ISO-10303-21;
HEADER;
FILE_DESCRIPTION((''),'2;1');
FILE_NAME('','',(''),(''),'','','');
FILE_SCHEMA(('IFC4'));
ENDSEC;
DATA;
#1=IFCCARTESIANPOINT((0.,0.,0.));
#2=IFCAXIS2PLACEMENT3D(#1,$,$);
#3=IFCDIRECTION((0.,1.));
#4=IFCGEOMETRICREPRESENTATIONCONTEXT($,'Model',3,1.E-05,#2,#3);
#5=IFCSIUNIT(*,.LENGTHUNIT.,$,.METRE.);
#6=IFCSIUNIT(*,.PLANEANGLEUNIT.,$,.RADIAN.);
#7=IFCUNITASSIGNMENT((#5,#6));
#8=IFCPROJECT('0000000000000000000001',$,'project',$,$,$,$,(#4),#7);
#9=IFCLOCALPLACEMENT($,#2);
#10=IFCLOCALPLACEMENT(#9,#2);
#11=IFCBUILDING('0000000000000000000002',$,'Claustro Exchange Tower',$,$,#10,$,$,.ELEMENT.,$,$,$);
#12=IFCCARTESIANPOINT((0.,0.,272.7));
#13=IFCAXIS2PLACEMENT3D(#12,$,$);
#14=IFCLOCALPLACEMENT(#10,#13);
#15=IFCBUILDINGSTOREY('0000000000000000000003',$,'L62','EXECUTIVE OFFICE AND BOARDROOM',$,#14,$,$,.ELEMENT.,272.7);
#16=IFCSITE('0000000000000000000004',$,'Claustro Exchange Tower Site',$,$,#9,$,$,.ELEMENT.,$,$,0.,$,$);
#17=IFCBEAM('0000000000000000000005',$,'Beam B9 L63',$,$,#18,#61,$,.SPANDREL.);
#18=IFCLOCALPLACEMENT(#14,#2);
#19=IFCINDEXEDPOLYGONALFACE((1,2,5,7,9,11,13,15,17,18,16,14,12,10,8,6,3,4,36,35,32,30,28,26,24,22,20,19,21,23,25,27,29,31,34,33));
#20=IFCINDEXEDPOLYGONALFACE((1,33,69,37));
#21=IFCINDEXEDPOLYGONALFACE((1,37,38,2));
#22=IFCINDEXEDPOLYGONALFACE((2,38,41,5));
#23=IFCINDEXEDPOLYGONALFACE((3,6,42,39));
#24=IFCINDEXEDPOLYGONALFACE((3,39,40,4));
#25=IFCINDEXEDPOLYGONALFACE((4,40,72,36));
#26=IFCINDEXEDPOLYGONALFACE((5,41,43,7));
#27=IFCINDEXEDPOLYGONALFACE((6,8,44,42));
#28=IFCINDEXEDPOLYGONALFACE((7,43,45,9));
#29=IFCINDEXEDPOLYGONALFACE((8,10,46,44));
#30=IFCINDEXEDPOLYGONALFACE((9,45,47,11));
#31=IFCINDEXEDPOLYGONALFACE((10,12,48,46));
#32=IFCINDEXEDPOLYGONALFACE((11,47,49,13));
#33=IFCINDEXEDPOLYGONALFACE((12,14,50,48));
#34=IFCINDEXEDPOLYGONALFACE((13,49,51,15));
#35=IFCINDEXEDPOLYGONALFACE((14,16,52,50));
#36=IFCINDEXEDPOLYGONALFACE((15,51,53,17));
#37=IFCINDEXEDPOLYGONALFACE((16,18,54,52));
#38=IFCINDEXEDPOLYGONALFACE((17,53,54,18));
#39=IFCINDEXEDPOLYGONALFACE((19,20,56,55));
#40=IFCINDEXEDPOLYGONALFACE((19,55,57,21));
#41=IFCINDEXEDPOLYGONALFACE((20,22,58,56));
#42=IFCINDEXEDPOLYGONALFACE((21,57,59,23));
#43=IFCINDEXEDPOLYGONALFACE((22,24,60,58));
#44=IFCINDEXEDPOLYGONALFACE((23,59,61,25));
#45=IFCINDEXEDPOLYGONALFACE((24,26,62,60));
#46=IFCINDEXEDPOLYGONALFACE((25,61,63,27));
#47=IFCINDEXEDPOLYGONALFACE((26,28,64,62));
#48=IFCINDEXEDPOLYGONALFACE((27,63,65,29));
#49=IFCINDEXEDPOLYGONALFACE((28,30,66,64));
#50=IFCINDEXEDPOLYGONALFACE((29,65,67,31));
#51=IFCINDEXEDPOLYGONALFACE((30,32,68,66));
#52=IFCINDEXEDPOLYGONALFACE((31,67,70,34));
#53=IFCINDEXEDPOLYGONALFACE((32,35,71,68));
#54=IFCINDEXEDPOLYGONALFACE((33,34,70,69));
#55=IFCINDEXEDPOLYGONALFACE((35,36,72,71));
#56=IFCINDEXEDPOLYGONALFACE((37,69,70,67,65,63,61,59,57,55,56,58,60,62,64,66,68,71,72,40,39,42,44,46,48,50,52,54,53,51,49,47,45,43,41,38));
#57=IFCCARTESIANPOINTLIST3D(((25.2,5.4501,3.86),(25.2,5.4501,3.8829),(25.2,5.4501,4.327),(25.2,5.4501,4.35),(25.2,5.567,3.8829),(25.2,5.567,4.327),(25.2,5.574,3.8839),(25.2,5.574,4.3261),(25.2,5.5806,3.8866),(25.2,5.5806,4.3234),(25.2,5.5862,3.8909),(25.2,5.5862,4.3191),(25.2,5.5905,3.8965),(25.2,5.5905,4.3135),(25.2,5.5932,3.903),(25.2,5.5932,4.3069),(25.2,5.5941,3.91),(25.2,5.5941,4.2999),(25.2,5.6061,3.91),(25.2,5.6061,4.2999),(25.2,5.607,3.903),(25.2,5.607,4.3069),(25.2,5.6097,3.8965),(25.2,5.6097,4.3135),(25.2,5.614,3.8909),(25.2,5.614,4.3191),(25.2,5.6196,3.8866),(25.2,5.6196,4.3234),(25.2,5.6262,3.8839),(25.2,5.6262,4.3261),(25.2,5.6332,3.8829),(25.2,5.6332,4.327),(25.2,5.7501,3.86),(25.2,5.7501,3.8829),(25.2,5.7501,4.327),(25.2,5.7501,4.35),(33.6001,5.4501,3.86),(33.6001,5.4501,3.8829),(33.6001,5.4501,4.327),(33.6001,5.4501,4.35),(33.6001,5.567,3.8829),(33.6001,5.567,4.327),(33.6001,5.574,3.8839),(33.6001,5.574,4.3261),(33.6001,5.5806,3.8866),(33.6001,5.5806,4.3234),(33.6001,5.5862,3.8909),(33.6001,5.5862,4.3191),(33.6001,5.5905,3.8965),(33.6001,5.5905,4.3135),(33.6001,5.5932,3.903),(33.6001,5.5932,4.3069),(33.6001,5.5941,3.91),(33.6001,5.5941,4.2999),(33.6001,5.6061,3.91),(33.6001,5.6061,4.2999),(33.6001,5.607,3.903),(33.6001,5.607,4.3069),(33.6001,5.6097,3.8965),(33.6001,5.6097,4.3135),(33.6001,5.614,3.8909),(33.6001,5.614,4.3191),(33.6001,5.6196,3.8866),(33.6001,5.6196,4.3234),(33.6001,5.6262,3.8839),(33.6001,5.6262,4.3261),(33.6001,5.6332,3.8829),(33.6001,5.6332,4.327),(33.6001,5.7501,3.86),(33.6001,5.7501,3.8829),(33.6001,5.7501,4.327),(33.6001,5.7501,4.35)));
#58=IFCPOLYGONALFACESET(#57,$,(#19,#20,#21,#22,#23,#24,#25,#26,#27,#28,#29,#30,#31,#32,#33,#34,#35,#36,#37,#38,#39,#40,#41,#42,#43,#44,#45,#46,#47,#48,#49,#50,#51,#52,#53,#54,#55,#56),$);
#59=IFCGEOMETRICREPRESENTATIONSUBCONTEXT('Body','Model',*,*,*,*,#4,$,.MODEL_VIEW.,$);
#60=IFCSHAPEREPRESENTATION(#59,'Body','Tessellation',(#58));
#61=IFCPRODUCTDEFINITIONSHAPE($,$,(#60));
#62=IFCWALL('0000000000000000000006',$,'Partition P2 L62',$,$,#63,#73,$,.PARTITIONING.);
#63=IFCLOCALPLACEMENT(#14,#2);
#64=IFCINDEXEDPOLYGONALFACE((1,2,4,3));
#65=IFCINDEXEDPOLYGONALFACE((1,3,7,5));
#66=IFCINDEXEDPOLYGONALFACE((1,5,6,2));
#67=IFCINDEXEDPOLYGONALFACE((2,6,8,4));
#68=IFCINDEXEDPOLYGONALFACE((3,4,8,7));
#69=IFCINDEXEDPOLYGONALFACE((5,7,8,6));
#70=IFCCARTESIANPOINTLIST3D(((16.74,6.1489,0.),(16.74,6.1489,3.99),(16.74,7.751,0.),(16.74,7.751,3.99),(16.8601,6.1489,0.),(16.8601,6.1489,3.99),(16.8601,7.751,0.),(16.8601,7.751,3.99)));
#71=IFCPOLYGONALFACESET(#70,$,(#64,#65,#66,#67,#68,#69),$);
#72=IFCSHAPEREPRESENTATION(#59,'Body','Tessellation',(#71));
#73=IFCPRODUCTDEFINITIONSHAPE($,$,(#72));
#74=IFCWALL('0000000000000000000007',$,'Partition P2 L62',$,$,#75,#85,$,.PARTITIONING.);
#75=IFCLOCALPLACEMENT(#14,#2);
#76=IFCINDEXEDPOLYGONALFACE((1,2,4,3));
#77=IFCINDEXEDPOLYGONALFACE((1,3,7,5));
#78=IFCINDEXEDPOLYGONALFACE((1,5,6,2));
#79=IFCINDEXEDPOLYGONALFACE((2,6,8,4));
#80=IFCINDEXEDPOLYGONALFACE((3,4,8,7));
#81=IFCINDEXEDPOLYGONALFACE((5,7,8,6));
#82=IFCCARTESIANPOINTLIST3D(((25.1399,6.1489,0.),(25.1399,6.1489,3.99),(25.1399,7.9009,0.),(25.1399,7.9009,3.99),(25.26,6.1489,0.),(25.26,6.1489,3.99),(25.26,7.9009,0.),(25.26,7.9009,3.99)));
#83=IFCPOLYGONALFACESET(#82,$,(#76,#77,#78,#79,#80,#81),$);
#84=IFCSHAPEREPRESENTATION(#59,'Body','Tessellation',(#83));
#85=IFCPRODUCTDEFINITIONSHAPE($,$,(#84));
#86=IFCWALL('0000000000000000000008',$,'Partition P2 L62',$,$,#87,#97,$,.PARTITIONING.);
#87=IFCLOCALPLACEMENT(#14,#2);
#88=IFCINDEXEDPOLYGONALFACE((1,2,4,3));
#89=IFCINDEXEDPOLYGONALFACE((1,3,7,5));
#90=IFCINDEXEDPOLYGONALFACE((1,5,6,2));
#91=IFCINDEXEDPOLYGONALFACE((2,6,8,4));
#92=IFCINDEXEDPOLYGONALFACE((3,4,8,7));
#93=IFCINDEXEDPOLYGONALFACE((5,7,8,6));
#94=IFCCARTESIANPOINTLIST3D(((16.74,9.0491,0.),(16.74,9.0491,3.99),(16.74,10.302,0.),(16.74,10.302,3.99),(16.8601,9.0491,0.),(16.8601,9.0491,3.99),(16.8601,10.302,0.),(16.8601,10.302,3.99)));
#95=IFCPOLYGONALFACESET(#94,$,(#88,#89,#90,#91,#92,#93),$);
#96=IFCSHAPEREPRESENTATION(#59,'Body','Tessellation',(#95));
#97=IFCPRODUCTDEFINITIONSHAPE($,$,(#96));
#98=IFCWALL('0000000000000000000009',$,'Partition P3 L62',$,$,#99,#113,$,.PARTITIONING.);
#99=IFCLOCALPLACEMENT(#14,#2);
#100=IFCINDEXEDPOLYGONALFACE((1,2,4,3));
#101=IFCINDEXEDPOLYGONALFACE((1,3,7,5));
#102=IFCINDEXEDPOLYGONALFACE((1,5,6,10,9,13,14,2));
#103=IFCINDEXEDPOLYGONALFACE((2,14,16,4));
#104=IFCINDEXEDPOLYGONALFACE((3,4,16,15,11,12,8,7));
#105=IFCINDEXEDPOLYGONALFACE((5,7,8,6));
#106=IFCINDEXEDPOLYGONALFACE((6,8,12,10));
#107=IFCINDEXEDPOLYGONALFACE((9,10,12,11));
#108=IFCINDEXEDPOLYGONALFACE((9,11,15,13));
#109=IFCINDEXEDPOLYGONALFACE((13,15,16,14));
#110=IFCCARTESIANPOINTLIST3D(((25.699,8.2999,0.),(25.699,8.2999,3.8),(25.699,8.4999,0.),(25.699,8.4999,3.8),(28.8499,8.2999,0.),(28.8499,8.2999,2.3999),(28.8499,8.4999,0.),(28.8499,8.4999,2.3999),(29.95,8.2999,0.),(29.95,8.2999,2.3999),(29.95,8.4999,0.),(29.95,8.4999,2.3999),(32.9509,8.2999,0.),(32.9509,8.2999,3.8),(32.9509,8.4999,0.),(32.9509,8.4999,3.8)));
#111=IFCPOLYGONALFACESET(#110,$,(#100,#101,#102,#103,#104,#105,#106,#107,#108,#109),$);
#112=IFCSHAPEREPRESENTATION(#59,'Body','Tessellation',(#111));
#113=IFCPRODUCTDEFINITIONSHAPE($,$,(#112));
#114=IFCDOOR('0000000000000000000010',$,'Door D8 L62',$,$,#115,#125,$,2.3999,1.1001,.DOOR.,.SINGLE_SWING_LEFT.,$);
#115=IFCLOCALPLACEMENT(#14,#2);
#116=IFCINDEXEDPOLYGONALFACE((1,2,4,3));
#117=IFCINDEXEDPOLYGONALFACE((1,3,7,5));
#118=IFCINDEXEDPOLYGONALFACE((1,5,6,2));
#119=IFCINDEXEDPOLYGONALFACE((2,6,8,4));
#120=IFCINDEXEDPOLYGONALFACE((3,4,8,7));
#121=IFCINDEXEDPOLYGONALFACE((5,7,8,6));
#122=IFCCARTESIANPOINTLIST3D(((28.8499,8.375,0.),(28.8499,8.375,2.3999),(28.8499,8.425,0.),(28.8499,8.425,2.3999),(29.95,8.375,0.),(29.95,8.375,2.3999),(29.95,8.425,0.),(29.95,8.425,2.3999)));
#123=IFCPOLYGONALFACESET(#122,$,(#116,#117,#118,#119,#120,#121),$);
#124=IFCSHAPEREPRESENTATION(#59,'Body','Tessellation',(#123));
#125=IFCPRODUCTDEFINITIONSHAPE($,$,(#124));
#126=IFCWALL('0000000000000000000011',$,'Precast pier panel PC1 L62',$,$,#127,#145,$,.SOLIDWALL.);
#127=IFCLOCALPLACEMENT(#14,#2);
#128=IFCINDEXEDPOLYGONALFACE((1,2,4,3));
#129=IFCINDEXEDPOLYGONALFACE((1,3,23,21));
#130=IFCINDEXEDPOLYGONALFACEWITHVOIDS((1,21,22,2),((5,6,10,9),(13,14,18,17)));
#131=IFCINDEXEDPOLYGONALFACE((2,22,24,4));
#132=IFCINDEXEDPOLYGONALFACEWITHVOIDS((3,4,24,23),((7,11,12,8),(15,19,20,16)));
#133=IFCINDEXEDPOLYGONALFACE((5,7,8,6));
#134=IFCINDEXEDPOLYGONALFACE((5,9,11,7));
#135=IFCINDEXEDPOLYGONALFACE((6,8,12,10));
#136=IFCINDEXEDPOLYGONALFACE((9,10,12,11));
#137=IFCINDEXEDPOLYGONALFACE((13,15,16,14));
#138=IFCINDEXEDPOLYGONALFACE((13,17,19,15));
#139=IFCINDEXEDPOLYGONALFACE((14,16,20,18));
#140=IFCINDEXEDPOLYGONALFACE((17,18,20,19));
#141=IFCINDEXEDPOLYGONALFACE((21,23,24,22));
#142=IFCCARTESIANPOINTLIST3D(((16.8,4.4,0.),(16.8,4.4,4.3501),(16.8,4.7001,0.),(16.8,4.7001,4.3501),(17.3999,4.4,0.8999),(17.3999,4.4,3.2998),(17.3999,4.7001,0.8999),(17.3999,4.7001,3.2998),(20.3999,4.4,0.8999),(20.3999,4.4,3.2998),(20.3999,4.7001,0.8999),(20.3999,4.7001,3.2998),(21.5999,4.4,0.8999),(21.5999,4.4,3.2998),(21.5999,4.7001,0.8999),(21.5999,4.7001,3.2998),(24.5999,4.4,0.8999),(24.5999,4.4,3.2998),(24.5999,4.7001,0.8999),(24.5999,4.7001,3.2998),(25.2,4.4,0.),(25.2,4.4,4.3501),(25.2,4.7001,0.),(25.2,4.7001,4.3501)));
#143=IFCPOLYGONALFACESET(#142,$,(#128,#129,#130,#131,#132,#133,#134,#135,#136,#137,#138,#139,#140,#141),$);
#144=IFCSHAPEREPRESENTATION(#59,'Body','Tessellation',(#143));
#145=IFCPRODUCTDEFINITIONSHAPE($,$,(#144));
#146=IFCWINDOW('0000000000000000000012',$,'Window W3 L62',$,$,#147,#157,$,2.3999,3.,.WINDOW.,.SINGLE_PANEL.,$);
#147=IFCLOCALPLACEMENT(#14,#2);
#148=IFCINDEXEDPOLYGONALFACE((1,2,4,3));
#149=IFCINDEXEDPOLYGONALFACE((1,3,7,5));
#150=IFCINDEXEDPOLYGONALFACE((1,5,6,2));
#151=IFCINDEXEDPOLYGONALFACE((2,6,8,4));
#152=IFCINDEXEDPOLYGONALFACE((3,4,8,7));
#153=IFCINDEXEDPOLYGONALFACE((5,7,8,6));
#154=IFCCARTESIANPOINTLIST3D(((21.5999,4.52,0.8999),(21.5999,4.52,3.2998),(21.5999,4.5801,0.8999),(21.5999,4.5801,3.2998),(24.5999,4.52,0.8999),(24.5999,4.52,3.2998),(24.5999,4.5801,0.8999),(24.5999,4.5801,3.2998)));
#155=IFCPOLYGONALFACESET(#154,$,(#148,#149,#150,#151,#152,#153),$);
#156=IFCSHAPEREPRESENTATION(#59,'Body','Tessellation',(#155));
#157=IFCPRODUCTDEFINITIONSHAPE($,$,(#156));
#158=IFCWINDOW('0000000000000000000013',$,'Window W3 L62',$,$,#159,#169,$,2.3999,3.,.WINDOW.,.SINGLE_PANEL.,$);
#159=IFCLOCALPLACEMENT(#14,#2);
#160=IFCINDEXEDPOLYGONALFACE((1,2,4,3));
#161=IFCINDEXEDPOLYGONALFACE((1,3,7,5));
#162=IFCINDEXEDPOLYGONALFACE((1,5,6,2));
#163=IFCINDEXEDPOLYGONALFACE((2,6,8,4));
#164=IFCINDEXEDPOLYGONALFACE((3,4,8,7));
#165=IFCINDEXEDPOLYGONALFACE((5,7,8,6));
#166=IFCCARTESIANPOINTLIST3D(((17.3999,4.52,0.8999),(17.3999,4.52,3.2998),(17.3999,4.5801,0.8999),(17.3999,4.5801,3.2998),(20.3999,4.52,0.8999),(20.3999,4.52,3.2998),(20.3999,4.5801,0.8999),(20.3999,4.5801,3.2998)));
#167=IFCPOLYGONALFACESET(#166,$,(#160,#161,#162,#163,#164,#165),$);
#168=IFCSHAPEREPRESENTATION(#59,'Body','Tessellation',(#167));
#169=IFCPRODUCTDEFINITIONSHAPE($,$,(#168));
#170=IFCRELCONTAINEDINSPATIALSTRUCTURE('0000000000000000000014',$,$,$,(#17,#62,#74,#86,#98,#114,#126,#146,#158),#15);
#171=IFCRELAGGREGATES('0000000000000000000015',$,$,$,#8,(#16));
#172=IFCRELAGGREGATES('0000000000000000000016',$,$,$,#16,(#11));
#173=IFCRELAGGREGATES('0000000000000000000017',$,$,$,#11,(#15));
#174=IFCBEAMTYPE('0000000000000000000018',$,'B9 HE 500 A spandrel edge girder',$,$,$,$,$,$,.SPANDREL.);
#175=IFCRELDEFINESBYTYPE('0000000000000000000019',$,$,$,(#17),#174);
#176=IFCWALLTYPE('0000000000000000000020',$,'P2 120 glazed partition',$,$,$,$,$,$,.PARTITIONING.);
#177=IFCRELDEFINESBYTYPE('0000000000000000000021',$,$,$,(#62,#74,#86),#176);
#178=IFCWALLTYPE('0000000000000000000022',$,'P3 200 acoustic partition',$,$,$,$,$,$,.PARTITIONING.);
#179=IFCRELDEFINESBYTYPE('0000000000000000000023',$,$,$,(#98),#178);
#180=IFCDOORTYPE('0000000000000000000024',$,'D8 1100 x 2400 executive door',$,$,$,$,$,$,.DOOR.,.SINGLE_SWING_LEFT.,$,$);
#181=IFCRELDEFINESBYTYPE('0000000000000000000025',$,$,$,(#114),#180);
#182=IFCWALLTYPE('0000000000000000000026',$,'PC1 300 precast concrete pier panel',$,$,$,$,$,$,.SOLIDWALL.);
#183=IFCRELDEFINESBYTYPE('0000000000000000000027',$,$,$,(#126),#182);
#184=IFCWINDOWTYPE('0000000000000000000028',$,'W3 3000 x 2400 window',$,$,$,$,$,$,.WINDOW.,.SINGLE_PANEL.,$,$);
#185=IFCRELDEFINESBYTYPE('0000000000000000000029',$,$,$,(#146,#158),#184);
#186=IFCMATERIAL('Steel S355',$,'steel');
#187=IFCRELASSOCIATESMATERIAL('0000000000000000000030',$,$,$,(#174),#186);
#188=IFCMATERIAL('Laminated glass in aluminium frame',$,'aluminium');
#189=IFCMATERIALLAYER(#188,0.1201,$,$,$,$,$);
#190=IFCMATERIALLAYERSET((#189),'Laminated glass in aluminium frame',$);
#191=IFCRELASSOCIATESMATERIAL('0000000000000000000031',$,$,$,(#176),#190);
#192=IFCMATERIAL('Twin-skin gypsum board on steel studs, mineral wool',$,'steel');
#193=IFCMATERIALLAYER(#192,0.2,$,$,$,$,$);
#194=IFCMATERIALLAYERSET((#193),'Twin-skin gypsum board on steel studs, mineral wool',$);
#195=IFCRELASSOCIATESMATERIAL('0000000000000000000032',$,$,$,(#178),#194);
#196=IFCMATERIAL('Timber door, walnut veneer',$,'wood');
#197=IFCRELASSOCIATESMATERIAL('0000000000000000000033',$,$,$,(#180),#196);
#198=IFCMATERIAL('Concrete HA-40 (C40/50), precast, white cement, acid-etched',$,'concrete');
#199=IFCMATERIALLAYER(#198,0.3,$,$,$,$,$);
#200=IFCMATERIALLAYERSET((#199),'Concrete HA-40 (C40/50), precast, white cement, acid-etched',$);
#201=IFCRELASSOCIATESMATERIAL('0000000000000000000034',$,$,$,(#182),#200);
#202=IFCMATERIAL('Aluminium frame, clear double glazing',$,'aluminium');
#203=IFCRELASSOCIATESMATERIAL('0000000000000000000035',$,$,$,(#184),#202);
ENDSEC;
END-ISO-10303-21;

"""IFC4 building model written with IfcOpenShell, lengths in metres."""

from ifc_helpers import new_model, si_unit, direction, frame, frame_2d, origin, origin_2d, place, context, subcontext, project, spatial, rectangle, i_section, extrude, material, layer, layer_set, material_profile, profile_set, type_object, element, fill, save


model = new_model("IFC4")

# Units and contexts
model_context = context("Model", 3, precision=1e-05, world=origin(), true_north=direction((0.0, 1.0)))
body_context = subcontext(model_context, "Body", "Model", "MODEL_VIEW")
ifc_project = project(units=[si_unit("LENGTHUNIT", "METRE"), si_unit("PLANEANGLEUNIT", "RADIAN")], contexts=[model_context])

# Site, building, storey
site_placement = place(None, origin())
site = spatial("IfcSite", under=ifc_project, at=site_placement, Name="Claustro Exchange Tower Site", CompositionType="ELEMENT", RefElevation=0.0)
building_placement = place(site_placement, origin())
building = spatial("IfcBuilding", under=site, at=building_placement, Name="Claustro Exchange Tower", CompositionType="ELEMENT")
storey_placement = place(building_placement, frame((0.0, 0.0, 272.7)))
storey = spatial("IfcBuildingStorey", under=building, at=storey_placement, Name="L62", Description="EXECUTIVE OFFICE AND BOARDROOM", CompositionType="ELEMENT", Elevation=272.7)

# Beam
ifc_material_1 = material(Name="Steel S355", Category="steel")
ifc_material_profile_1 = material_profile(ifc_material_1, i_section(OverallWidth=0.3, OverallDepth=0.49, WebThickness=0.012, FlangeThickness=0.0229, FilletRadius=0.0271, at=origin_2d()), Name="HE 500 A")
ifc_profile_set_1 = profile_set([ifc_material_profile_1], Name="Steel S355")
beam_type_1 = type_object("IfcBeamType", Name="B9 HE 500 A spandrel edge girder", PredefinedType="SPANDREL", material=ifc_profile_set_1)
beam_1_placement = place(storey_placement, frame((25.2, 5.6001, 4.105), z_axis=(1.0, 0.0, 0.0), x_axis=(0.0, 1.0, 0.0)))
element("IfcBeam", 1, at=beam_1_placement, inside=storey, type_object=beam_type_1, Name="Beam B9 L63", PredefinedType="SPANDREL", context=body_context, shape_type="SweptSolid", body=[
    extrude(i_section(OverallWidth=0.3, OverallDepth=0.49, WebThickness=0.012, FlangeThickness=0.0229, FilletRadius=0.0271, at=origin_2d()), origin(), (0.0, 0.0, 1.0), 8.4001),
])

# Walls
ifc_material_2 = material(Name="Laminated glass in aluminium frame", Category="aluminium")
ifc_layer_1 = layer(ifc_material_2, 0.1201)
ifc_layer_set_1 = layer_set([ifc_layer_1], Name="Laminated glass in aluminium frame")
wall_type_1 = type_object("IfcWallType", Name="P2 120 glazed partition", PredefinedType="PARTITIONING", material=ifc_layer_set_1)
wall_1_placement = place(storey_placement, frame((16.8, 6.1489, 0.0), z_axis=(0.0, 0.0, 1.0), x_axis=(0.0, 1.0, 0.0)))
element("IfcWall", 2, at=wall_1_placement, inside=storey, type_object=wall_type_1, Name="Partition P2 L62", PredefinedType="PARTITIONING", context=body_context, shape_type="SweptSolid", body=[
    extrude(rectangle(XDim=1.6021, YDim=0.1201, at=frame_2d((0.801, 0.0))), origin(), (0.0, 0.0, 1.0), 3.99),
])
wall_2_placement = place(storey_placement, frame((25.2, 6.1489, 0.0), z_axis=(0.0, 0.0, 1.0), x_axis=(0.0, 1.0, 0.0)))
element("IfcWall", 3, at=wall_2_placement, inside=storey, type_object=wall_type_1, Name="Partition P2 L62", PredefinedType="PARTITIONING", context=body_context, shape_type="SweptSolid", body=[
    extrude(rectangle(XDim=1.752, YDim=0.1201, at=frame_2d((0.876, 0.0))), origin(), (0.0, 0.0, 1.0), 3.99),
])
wall_3_placement = place(storey_placement, frame((16.8, 9.0491, 0.0), z_axis=(0.0, 0.0, 1.0), x_axis=(0.0, 1.0, 0.0)))
element("IfcWall", 4, at=wall_3_placement, inside=storey, type_object=wall_type_1, Name="Partition P2 L62", PredefinedType="PARTITIONING", context=body_context, shape_type="SweptSolid", body=[
    extrude(rectangle(XDim=1.2529, YDim=0.1201, at=frame_2d((0.6265, 0.0))), origin(), (0.0, 0.0, 1.0), 3.99),
])

# Wall, opening, door
ifc_material_3 = material(Name="Twin-skin gypsum board on steel studs, mineral wool", Category="steel")
ifc_layer_2 = layer(ifc_material_3, 0.2)
ifc_layer_set_2 = layer_set([ifc_layer_2], Name="Twin-skin gypsum board on steel studs, mineral wool")
wall_type_2 = type_object("IfcWallType", Name="P3 200 acoustic partition", PredefinedType="PARTITIONING", material=ifc_layer_set_2)
wall_4_placement = place(storey_placement, frame((25.699, 8.3999, 0.0), z_axis=(0.0, 0.0, 1.0), x_axis=(1.0, 0.0, 0.0)))
wall_4 = element("IfcWall", 5, at=wall_4_placement, inside=storey, type_object=wall_type_2, Name="Partition P3 L62", PredefinedType="PARTITIONING", context=body_context, shape_type="SweptSolid", body=[
    extrude(rectangle(XDim=7.252, YDim=0.2, at=frame_2d((3.626, 0.0))), origin(), (0.0, 0.0, 1.0), 3.8),
])
opening_1_placement = place(wall_4_placement, frame((3.1509, 0.0, 0.0)))
opening_1 = element("IfcOpeningElement", 6, at=opening_1_placement, cuts=wall_4, PredefinedType="OPENING", context=body_context, shape_type="SweptSolid", body=[
    extrude(rectangle(XDim=1.1001, YDim=2.3999, at=frame_2d((0.55, 1.2))), frame((0.0, 0.1099, 0.0), z_axis=(0.0, -1.0, 0.0), x_axis=(1.0, 0.0, 0.0)), (0.0, 0.0, 1.0), 0.22),
])
ifc_material_4 = material(Name="Timber door, walnut veneer", Category="wood")
door_type = type_object("IfcDoorType", Name="D8 1100 x 2400 executive door", OperationType="SINGLE_SWING_LEFT", PredefinedType="DOOR", material=ifc_material_4)
door_placement = place(opening_1_placement, frame((1.1001, 0.0, 0.0), z_axis=(0.0, 0.0, 1.0), x_axis=(-1.0, 0.0, 0.0)))
door = element("IfcDoor", 7, at=door_placement, inside=storey, type_object=door_type, Name="Door D8 L62", OperationType="SINGLE_SWING_LEFT", OverallHeight=2.3999, OverallWidth=1.1001, PredefinedType="DOOR", context=body_context, shape_type="SweptSolid", body=[
    extrude(rectangle(XDim=1.1001, YDim=2.3999, at=frame_2d((0.55, 1.2))), frame((0.0, 0.0249, 0.0), z_axis=(0.0, -1.0, 0.0), x_axis=(1.0, 0.0, 0.0)), (0.0, 0.0, 1.0), 0.05),
])
fill(opening_1, door)

# Wall, openings, windows
ifc_material_5 = material(Name="Concrete HA-40 (C40/50), precast, white cement, acid-etched", Category="concrete")
ifc_layer_3 = layer(ifc_material_5, 0.3)
ifc_layer_set_3 = layer_set([ifc_layer_3], Name="Concrete HA-40 (C40/50), precast, white cement, acid-etched")
wall_type_3 = type_object("IfcWallType", Name="PC1 300 precast concrete pier panel", PredefinedType="SOLIDWALL", material=ifc_layer_set_3)
wall_5_placement = place(storey_placement, frame((25.2, 4.55, 0.0), z_axis=(0.0, 0.0, 1.0), x_axis=(-1.0, 0.0, 0.0)))
wall_5 = element("IfcWall", 8, at=wall_5_placement, inside=storey, type_object=wall_type_3, Name="Precast pier panel PC1 L62", PredefinedType="SOLIDWALL", context=body_context, shape_type="SweptSolid", body=[
    extrude(rectangle(XDim=8.3999, YDim=0.3, at=frame_2d((4.2, 0.0))), origin(), (0.0, 0.0, 1.0), 4.3501),
])
opening_2_placement = place(wall_5_placement, frame((0.6001, 0.0, 0.8999)))
opening_2 = element("IfcOpeningElement", 9, at=opening_2_placement, cuts=wall_5, PredefinedType="OPENING", context=body_context, shape_type="SweptSolid", body=[
    extrude(rectangle(XDim=3.0, YDim=2.3999, at=frame_2d((1.5, 1.2))), frame((0.0, 0.1599, 0.0), z_axis=(0.0, -1.0, 0.0), x_axis=(1.0, 0.0, 0.0)), (0.0, 0.0, 1.0), 0.3201),
])
opening_3_placement = place(wall_5_placement, frame((4.8, 0.0, 0.8999)))
opening_3 = element("IfcOpeningElement", 10, at=opening_3_placement, cuts=wall_5, PredefinedType="OPENING", context=body_context, shape_type="SweptSolid", body=[
    extrude(rectangle(XDim=3.0, YDim=2.3999, at=frame_2d((1.5, 1.2))), frame((0.0, 0.1599, 0.0), z_axis=(0.0, -1.0, 0.0), x_axis=(1.0, 0.0, 0.0)), (0.0, 0.0, 1.0), 0.3201),
])
ifc_material_6 = material(Name="Aluminium frame, clear double glazing", Category="aluminium")
window_type_1 = type_object("IfcWindowType", Name="W3 3000 x 2400 window", PartitioningType="SINGLE_PANEL", PredefinedType="WINDOW", material=ifc_material_6)
window_1_placement = place(opening_2_placement, origin())
window_1 = element("IfcWindow", 11, at=window_1_placement, inside=storey, type_object=window_type_1, Name="Window W3 L62", OverallHeight=2.3999, OverallWidth=3.0, PartitioningType="SINGLE_PANEL", PredefinedType="WINDOW", context=body_context, shape_type="SweptSolid", body=[
    extrude(rectangle(XDim=3.0, YDim=2.3999, at=frame_2d((1.5, 1.2))), frame((0.0, 0.03, 0.0), z_axis=(0.0, -1.0, 0.0), x_axis=(1.0, 0.0, 0.0)), (0.0, 0.0, 1.0), 0.0601),
])
fill(opening_2, window_1)
window_2_placement = place(opening_3_placement, origin())
window_2 = element("IfcWindow", 12, at=window_2_placement, inside=storey, type_object=window_type_1, Name="Window W3 L62", OverallHeight=2.3999, OverallWidth=3.0, PartitioningType="SINGLE_PANEL", PredefinedType="WINDOW", context=body_context, shape_type="SweptSolid", body=[
    extrude(rectangle(XDim=3.0, YDim=2.3999, at=frame_2d((1.5, 1.2))), frame((0.0, 0.03, 0.0), z_axis=(0.0, -1.0, 0.0), x_axis=(1.0, 0.0, 0.0)), (0.0, 0.0, 1.0), 0.0601),
])
fill(opening_3, window_2)

save(model, "model.ifc")
